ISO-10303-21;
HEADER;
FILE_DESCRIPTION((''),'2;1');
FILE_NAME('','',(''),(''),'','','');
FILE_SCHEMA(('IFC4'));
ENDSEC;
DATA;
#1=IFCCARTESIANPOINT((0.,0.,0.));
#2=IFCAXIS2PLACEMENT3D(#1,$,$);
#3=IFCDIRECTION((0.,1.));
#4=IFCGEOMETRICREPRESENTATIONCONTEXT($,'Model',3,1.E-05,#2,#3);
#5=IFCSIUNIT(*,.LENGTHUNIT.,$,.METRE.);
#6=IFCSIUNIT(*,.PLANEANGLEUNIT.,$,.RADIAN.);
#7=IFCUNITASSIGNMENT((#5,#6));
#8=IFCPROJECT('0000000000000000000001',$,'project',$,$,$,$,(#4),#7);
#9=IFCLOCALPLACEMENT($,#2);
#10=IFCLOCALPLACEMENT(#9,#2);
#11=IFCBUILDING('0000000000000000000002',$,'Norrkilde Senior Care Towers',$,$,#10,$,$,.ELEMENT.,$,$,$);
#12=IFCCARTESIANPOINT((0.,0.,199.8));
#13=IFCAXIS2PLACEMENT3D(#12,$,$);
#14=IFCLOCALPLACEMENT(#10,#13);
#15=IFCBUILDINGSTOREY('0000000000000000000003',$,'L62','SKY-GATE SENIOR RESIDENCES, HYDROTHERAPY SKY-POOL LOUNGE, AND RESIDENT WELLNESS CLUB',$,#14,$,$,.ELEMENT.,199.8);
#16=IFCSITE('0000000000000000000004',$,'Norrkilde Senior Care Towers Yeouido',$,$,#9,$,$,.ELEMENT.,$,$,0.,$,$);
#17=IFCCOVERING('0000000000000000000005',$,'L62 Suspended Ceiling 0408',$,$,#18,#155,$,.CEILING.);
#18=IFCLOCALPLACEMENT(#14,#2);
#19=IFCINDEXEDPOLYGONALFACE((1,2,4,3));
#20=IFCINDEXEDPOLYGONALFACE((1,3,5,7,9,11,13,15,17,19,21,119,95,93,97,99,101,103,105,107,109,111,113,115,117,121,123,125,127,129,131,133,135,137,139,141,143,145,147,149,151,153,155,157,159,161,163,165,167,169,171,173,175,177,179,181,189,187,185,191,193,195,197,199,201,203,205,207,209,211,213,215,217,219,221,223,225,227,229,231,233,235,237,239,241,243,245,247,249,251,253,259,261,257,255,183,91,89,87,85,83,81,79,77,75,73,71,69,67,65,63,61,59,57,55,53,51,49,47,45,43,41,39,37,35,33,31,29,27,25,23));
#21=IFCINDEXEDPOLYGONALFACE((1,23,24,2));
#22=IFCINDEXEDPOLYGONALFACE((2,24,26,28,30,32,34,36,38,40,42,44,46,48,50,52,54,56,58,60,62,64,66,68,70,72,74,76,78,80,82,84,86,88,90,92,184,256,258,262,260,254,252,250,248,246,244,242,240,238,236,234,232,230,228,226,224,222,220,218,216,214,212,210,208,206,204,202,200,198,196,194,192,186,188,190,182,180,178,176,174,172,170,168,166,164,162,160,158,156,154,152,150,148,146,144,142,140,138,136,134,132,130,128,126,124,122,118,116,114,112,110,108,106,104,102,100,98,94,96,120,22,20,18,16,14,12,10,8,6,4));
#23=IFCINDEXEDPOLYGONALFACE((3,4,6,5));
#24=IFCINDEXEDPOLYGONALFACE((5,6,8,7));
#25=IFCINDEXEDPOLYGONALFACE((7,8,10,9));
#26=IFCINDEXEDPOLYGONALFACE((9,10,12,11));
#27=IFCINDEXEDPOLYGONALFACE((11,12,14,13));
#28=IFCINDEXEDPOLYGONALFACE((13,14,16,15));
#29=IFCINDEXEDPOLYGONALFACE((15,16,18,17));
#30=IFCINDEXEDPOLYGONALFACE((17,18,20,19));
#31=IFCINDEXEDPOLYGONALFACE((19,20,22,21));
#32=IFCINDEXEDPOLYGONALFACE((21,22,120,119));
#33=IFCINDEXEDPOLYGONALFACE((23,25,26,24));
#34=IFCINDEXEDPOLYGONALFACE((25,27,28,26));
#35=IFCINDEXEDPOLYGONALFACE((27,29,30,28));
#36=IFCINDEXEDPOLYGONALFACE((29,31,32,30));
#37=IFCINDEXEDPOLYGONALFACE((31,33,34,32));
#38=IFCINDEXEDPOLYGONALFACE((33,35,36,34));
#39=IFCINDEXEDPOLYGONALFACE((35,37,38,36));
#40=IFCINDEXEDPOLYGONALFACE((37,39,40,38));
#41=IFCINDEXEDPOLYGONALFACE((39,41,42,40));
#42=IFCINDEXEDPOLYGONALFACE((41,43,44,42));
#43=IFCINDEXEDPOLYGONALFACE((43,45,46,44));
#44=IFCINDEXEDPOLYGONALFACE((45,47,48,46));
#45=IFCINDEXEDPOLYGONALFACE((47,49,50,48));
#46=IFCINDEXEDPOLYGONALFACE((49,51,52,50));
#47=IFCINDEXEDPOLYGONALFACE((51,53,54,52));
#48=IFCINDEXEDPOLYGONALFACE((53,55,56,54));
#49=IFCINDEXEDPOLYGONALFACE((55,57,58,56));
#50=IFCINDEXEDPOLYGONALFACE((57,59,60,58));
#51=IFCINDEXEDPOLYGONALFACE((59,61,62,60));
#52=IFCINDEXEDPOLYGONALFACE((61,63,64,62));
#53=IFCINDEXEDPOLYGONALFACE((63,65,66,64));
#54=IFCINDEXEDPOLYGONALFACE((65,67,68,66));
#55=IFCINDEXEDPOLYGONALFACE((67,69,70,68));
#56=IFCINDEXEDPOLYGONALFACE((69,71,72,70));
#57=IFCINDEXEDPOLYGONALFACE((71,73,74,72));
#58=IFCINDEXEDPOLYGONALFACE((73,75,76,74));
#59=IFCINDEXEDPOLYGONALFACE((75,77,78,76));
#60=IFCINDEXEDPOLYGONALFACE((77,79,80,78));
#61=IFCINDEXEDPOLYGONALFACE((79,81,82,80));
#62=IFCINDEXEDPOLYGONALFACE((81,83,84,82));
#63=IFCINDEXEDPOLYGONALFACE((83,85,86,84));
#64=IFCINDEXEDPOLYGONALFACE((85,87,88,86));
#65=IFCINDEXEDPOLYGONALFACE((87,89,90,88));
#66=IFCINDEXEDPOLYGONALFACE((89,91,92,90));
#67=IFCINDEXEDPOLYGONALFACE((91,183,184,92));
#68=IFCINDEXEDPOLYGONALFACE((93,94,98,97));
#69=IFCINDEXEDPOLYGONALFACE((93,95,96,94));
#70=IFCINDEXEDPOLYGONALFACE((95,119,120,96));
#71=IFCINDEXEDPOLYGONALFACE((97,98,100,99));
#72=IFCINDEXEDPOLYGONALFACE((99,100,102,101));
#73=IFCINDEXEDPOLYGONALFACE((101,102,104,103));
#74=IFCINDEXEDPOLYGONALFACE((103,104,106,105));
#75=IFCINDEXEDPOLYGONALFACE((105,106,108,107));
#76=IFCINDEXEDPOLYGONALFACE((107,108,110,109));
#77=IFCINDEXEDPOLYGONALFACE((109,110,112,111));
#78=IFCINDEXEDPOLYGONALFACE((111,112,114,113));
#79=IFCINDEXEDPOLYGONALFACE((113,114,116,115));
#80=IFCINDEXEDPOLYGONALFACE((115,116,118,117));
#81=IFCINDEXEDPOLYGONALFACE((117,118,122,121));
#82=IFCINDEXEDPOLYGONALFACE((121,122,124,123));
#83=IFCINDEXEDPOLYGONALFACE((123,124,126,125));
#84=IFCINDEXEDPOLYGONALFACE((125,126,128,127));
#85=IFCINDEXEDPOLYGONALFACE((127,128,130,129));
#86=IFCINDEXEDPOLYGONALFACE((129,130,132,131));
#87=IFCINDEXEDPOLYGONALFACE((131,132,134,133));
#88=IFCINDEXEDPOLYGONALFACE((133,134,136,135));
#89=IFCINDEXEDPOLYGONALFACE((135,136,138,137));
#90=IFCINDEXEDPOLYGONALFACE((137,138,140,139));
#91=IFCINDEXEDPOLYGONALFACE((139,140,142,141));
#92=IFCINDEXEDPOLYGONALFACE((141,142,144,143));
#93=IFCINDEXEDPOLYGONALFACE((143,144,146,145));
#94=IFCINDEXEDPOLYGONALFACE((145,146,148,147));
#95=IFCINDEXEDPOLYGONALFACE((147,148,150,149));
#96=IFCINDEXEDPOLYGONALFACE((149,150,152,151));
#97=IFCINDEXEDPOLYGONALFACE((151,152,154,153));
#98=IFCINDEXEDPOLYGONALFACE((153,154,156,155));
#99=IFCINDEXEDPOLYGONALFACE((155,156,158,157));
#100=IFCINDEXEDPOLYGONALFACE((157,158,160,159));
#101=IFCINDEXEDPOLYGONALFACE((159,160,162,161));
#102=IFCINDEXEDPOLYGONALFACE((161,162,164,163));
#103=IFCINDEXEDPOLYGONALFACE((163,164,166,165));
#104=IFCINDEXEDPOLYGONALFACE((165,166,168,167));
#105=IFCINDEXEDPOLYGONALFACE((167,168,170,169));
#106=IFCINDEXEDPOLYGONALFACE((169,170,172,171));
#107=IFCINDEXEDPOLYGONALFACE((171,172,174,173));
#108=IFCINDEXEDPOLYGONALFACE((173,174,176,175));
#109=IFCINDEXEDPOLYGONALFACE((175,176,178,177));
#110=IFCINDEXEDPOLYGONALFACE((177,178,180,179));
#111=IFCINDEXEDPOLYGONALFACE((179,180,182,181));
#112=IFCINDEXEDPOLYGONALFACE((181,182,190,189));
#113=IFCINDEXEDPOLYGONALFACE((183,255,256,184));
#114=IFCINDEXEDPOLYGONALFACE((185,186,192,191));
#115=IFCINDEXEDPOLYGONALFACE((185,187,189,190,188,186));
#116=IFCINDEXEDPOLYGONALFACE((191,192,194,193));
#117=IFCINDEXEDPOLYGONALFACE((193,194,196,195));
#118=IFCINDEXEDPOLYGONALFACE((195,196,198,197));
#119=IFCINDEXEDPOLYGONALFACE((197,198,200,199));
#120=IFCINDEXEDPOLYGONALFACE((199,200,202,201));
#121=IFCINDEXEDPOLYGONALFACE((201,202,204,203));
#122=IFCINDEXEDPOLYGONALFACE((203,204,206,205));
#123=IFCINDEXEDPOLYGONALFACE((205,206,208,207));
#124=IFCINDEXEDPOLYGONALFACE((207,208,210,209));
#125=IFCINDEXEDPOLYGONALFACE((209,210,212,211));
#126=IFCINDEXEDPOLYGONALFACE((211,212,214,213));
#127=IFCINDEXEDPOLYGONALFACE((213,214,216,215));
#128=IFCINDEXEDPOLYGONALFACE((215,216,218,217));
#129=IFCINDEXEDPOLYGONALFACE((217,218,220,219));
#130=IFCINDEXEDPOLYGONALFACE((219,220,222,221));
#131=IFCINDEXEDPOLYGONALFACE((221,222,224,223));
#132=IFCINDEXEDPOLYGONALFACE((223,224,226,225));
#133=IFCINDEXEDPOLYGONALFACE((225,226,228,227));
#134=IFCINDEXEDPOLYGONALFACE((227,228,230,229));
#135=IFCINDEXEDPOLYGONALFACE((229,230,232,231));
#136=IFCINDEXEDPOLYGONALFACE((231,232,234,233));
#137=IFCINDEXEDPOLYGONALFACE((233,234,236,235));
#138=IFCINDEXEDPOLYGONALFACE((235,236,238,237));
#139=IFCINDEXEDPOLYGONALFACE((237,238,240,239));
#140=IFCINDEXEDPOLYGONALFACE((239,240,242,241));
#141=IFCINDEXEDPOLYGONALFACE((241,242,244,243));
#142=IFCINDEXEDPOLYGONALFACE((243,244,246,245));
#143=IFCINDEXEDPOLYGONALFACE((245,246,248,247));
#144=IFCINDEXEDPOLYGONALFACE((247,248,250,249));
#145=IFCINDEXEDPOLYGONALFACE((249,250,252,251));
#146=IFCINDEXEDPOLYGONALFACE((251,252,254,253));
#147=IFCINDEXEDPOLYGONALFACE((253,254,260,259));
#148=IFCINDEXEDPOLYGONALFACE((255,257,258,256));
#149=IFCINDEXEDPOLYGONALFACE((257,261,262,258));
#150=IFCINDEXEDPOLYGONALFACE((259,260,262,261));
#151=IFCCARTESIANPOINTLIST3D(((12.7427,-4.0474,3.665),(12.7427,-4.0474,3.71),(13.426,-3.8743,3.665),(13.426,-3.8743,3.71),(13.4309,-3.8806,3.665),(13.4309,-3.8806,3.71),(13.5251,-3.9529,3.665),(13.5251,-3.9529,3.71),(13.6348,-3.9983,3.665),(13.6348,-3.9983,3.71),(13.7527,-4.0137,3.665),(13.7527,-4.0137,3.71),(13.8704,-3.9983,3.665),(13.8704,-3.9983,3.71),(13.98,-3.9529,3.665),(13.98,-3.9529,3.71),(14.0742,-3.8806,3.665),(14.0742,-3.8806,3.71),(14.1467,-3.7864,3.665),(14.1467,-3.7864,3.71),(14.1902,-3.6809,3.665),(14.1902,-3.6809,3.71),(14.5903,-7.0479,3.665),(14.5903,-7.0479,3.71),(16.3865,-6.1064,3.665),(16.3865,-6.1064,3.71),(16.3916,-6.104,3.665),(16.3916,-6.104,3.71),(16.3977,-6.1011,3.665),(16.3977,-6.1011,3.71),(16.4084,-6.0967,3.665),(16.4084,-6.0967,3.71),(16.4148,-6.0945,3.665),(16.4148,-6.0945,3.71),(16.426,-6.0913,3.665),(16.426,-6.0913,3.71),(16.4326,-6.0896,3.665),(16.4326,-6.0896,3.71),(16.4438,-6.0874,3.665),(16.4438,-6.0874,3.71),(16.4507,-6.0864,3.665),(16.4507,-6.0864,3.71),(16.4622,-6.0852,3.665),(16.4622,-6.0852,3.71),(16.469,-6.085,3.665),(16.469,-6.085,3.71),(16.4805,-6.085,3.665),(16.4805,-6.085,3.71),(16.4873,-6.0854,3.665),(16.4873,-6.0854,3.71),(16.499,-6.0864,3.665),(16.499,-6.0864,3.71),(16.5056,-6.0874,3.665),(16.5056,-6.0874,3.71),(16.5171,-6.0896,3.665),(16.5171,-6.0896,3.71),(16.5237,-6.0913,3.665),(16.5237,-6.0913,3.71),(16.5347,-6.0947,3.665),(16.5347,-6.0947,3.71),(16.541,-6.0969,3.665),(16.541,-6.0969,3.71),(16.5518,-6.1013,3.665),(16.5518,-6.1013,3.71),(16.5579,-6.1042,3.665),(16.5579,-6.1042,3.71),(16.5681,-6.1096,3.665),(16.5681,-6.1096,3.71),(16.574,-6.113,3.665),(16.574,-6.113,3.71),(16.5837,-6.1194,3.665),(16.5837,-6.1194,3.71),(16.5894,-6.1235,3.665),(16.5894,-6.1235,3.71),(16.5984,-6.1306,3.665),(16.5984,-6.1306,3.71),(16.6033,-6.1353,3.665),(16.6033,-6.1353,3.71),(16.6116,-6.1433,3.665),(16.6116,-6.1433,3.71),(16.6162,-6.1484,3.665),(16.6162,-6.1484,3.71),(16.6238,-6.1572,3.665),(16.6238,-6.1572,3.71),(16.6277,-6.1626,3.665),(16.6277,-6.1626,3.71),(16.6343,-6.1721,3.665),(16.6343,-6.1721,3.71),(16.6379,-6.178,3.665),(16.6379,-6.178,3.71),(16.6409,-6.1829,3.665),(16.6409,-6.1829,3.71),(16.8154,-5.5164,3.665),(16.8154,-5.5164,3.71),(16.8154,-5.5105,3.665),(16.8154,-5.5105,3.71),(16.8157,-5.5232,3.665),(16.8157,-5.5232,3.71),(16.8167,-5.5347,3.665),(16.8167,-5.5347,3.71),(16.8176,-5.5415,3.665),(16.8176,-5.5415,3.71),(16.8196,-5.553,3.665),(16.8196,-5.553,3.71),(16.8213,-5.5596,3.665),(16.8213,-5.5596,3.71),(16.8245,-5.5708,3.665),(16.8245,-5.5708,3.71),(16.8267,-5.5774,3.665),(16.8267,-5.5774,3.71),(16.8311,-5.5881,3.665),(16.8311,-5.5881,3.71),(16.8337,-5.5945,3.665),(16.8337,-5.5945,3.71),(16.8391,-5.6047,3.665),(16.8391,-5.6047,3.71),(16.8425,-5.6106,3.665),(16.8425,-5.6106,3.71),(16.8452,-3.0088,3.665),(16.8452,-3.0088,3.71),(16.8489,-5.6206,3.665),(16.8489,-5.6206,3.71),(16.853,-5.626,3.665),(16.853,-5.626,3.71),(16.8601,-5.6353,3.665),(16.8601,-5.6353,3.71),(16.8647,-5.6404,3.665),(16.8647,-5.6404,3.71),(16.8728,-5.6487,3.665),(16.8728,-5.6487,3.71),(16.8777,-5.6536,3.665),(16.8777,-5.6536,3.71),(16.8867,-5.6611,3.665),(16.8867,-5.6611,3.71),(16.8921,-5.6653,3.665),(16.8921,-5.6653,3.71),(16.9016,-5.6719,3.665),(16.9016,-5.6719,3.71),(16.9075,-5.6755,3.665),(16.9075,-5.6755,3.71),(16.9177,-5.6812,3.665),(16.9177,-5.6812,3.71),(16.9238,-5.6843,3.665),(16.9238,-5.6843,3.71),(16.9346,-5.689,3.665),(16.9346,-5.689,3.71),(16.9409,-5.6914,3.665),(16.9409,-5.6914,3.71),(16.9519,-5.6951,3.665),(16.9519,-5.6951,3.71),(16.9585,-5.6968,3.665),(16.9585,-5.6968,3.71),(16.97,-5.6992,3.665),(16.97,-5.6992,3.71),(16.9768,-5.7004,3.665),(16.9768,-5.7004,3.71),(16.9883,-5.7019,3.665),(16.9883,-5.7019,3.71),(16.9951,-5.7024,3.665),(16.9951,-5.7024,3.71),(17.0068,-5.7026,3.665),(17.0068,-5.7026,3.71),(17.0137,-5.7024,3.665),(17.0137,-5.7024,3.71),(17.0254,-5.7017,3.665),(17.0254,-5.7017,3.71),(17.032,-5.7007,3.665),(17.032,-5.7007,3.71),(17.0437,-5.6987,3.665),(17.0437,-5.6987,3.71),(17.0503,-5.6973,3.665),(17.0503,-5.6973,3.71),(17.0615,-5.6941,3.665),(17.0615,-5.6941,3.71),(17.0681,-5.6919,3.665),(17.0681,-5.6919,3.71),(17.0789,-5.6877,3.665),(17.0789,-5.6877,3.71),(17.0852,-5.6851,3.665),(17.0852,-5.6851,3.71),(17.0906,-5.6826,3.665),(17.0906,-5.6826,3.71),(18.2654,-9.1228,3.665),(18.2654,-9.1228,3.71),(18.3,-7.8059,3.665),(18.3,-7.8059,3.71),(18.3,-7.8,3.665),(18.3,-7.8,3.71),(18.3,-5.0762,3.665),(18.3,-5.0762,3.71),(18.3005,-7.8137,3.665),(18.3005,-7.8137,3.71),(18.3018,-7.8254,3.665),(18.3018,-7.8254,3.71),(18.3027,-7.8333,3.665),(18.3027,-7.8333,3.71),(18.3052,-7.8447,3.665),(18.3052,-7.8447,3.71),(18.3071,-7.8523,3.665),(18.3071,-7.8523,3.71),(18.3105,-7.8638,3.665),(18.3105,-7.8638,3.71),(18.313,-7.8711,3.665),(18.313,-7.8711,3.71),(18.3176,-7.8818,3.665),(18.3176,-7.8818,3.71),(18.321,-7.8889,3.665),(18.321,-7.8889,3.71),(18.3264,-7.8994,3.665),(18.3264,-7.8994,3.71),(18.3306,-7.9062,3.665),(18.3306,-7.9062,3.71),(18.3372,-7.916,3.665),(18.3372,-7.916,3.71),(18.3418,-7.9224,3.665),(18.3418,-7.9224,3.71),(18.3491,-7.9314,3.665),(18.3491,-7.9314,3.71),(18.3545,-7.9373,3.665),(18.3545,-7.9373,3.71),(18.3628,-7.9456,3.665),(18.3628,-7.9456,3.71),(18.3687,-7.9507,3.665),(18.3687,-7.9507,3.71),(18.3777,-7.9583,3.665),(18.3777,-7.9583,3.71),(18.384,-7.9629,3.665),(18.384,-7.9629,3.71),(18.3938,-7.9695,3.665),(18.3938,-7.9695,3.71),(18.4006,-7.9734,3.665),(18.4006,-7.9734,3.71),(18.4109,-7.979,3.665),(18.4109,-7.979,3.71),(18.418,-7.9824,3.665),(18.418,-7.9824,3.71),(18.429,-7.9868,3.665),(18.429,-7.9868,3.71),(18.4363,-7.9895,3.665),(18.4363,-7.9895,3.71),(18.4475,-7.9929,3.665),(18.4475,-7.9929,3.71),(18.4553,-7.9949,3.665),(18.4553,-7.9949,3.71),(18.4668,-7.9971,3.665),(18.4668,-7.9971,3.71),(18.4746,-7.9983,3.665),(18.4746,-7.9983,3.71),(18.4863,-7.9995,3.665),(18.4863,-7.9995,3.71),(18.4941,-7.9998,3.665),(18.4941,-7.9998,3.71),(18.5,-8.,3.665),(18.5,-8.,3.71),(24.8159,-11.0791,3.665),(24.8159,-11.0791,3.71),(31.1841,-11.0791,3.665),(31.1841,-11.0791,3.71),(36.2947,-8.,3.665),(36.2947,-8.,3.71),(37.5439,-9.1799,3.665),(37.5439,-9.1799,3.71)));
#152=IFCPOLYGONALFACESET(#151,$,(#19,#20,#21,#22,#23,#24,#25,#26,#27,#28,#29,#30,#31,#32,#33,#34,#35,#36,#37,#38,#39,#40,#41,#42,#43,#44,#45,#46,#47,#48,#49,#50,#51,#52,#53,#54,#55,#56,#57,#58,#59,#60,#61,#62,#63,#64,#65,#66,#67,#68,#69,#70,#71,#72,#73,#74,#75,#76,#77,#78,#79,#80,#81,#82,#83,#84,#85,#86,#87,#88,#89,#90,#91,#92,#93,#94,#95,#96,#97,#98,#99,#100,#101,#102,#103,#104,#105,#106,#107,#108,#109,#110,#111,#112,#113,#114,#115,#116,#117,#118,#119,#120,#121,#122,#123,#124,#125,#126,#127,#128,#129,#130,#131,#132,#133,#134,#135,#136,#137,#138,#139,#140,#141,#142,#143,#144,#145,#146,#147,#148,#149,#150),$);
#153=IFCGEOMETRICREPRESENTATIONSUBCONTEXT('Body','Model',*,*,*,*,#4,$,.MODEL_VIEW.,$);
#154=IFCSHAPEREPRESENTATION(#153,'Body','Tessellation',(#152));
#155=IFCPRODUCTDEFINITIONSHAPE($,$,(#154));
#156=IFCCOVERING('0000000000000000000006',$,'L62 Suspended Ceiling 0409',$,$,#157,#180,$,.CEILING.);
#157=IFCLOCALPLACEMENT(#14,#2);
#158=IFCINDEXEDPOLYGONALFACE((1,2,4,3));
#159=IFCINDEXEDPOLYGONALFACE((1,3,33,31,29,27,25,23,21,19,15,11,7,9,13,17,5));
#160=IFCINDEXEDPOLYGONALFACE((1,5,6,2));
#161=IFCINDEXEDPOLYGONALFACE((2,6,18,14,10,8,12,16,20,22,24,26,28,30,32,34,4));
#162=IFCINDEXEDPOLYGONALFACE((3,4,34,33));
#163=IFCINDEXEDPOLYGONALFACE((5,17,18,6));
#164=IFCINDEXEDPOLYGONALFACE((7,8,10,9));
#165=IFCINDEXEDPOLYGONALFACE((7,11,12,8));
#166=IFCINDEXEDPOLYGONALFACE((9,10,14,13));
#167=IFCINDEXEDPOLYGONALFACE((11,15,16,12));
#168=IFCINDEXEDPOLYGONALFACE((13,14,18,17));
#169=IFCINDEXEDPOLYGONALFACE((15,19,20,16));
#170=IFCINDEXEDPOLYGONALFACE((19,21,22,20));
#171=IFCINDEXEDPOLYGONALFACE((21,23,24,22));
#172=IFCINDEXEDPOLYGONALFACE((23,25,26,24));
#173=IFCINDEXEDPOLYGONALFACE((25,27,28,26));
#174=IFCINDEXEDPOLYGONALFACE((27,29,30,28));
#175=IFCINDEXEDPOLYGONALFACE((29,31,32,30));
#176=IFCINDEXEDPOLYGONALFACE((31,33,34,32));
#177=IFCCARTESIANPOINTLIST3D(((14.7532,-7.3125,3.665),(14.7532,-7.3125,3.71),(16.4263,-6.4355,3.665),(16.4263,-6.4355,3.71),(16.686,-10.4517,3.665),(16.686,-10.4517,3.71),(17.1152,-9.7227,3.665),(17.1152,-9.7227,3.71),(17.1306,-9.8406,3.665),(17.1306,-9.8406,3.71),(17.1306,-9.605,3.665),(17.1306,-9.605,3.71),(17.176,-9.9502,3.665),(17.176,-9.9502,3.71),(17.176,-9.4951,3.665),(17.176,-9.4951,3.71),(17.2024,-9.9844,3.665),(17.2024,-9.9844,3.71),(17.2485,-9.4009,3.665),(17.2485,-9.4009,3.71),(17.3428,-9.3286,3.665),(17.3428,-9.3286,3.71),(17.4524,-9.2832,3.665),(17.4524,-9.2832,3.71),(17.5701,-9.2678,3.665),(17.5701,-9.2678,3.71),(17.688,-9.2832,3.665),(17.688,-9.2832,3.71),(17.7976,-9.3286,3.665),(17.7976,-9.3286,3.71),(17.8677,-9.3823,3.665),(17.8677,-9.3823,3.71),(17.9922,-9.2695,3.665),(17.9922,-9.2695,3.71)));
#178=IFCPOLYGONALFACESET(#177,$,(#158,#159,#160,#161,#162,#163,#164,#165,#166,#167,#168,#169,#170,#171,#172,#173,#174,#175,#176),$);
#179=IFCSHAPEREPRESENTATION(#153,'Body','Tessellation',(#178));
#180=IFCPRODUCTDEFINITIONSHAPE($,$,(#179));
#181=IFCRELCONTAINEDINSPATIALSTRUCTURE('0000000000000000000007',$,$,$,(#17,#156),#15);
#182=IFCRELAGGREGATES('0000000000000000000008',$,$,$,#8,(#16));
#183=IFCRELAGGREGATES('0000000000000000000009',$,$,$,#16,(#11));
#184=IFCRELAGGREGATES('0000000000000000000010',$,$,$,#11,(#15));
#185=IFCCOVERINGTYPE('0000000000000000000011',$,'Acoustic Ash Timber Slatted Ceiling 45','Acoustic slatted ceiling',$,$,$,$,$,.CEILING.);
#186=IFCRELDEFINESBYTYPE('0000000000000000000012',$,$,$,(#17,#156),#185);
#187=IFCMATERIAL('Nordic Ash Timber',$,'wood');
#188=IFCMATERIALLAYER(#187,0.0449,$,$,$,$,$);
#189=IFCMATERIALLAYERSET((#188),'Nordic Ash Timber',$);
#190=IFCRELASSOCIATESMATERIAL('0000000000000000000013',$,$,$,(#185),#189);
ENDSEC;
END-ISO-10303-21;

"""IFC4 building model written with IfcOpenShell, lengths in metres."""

from ifc_helpers import new_model, si_unit, direction, frame, origin, place, context, subcontext, project, spatial, polyline, outline, extrude, material, layer, layer_set, type_object, element, save


model = new_model("IFC4")

# Units and contexts
model_context = context("Model", 3, precision=1e-05, world=origin(), true_north=direction((0.0, 1.0)))
body_context = subcontext(model_context, "Body", "Model", "MODEL_VIEW")
ifc_project = project(units=[si_unit("LENGTHUNIT", "METRE"), si_unit("PLANEANGLEUNIT", "RADIAN")], contexts=[model_context])

# Site, building, storey
site_placement = place(None, origin())
site = spatial("IfcSite", under=ifc_project, at=site_placement, Name="Norrkilde Senior Care Towers Yeouido", CompositionType="ELEMENT", RefElevation=0.0)
building_placement = place(site_placement, origin())
building = spatial("IfcBuilding", under=site, at=building_placement, Name="Norrkilde Senior Care Towers", CompositionType="ELEMENT")
storey_placement = place(building_placement, frame((0.0, 0.0, 199.8)))
storey = spatial("IfcBuildingStorey", under=building, at=storey_placement, Name="L62", Description="SKY-GATE SENIOR RESIDENCES, HYDROTHERAPY SKY-POOL LOUNGE, AND RESIDENT WELLNESS CLUB", CompositionType="ELEMENT", Elevation=199.8)

# Coverings
ifc_material_1 = material(Name="Nordic Ash Timber", Category="wood")
ifc_layer_1 = layer(ifc_material_1, 0.0449)
ifc_layer_set_1 = layer_set([ifc_layer_1], Name="Nordic Ash Timber")
covering_type_1 = type_object("IfcCoveringType", Name="Acoustic Ash Timber Slatted Ceiling 45", Description="Acoustic slatted ceiling", PredefinedType="CEILING", material=ifc_layer_set_1)
covering_1_placement = place(storey_placement, frame((0.0, 0.0, 3.665)))
element("IfcCovering", 1, at=covering_1_placement, inside=storey, type_object=covering_type_1, Name="L62 Suspended Ceiling 0408", PredefinedType="CEILING", context=body_context, shape_type="SweptSolid", body=[
    extrude(outline(polyline([(16.8176, -5.5415), (16.8196, -5.553), (16.8213, -5.5596), (16.8245, -5.5708), (16.8267, -5.5774), (16.8311, -5.5881), (16.8337, -5.5945), (16.8391, -5.6047), (16.8425, -5.6106), (16.8489, -5.6206), (16.853, -5.626), (16.8601, -5.6353), (16.8647, -5.6404), (16.8728, -5.6487), (16.8777, -5.6536), (16.8867, -5.6611), (16.8921, -5.6653), (16.9016, -5.6719), (16.9075, -5.6755), (16.9177, -5.6812), (16.9238, -5.6843), (16.9346, -5.689), (16.9409, -5.6914), (16.9519, -5.6951), (16.9585, -5.6968), (16.97, -5.6992), (16.9768, -5.7004), (16.9883, -5.7019), (16.9951, -5.7024), (17.0068, -5.7026), (17.0137, -5.7024), (17.0254, -5.7017), (17.032, -5.7007), (17.0437, -5.6987), (17.0503, -5.6973), (17.0615, -5.6941), (17.0681, -5.6919), (17.0789, -5.6877), (17.0852, -5.6851), (17.0906, -5.6826), (18.3, -5.0762), (18.3, -7.8), (18.3, -7.8059), (18.3005, -7.8137), (18.3018, -7.8254), (18.3027, -7.8333), (18.3052, -7.8447), (18.3071, -7.8523), (18.3105, -7.8638), (18.313, -7.8711), (18.3176, -7.8818), (18.321, -7.8889), (18.3264, -7.8994), (18.3306, -7.9062), (18.3372, -7.916), (18.3418, -7.9224), (18.3491, -7.9314), (18.3545, -7.9373), (18.3628, -7.9456), (18.3687, -7.9507), (18.3777, -7.9583), (18.384, -7.9629), (18.3938, -7.9695), (18.4006, -7.9734), (18.4109, -7.979), (18.418, -7.9824), (18.429, -7.9868), (18.4363, -7.9895), (18.4475, -7.9929), (18.4553, -7.9949), (18.4668, -7.9971), (18.4746, -7.9983), (18.4863, -7.9995), (18.4941, -7.9998), (18.5, -8.0), (36.2947, -8.0), (37.5439, -9.1799), (31.1841, -11.0791), (24.8159, -11.0791), (18.2654, -9.1228), (16.6409, -6.1829), (16.6379, -6.178), (16.6343, -6.1721), (16.6277, -6.1626), (16.6238, -6.1572), (16.6162, -6.1484), (16.6116, -6.1433), (16.6033, -6.1353), (16.5984, -6.1306), (16.5894, -6.1235), (16.5837, -6.1194), (16.574, -6.113), (16.5681, -6.1096), (16.5579, -6.1042), (16.5518, -6.1013), (16.541, -6.0969), (16.5347, -6.0947), (16.5237, -6.0913), (16.5171, -6.0896), (16.5056, -6.0874), (16.499, -6.0864), (16.4873, -6.0854), (16.4805, -6.085), (16.469, -6.085), (16.4622, -6.0852), (16.4507, -6.0864), (16.4438, -6.0874), (16.4326, -6.0896), (16.426, -6.0913), (16.4148, -6.0945), (16.4084, -6.0967), (16.3977, -6.1011), (16.3916, -6.104), (16.3865, -6.1064), (14.5903, -7.0479), (12.7427, -4.0474), (13.426, -3.8743), (13.4309, -3.8806), (13.5251, -3.9529), (13.6348, -3.9983), (13.7527, -4.0137), (13.8704, -3.9983), (13.98, -3.9529), (14.0742, -3.8806), (14.1467, -3.7864), (14.1902, -3.6809), (16.8452, -3.0088), (16.8154, -5.5105), (16.8154, -5.5164), (16.8157, -5.5232), (16.8167, -5.5347), (16.8176, -5.5415)])), origin(), (0.0, 0.0, 1.0), 0.0449),
])
covering_2_placement = place(storey_placement, frame((0.0, 0.0, 3.665)))
element("IfcCovering", 2, at=covering_2_placement, inside=storey, type_object=covering_type_1, Name="L62 Suspended Ceiling 0409", PredefinedType="CEILING", context=body_context, shape_type="SweptSolid", body=[
    extrude(outline(polyline([(17.8677, -9.3823), (17.7976, -9.3286), (17.688, -9.2832), (17.5701, -9.2678), (17.4524, -9.2832), (17.3428, -9.3286), (17.2485, -9.4009), (17.176, -9.4951), (17.1306, -9.605), (17.1152, -9.7227), (17.1306, -9.8406), (17.176, -9.9502), (17.2024, -9.9844), (16.686, -10.4517), (14.7532, -7.3125), (16.4263, -6.4355), (17.9922, -9.2695), (17.8677, -9.3823)])), origin(), (0.0, 0.0, 1.0), 0.0449),
])

save(model, "model.ifc")
